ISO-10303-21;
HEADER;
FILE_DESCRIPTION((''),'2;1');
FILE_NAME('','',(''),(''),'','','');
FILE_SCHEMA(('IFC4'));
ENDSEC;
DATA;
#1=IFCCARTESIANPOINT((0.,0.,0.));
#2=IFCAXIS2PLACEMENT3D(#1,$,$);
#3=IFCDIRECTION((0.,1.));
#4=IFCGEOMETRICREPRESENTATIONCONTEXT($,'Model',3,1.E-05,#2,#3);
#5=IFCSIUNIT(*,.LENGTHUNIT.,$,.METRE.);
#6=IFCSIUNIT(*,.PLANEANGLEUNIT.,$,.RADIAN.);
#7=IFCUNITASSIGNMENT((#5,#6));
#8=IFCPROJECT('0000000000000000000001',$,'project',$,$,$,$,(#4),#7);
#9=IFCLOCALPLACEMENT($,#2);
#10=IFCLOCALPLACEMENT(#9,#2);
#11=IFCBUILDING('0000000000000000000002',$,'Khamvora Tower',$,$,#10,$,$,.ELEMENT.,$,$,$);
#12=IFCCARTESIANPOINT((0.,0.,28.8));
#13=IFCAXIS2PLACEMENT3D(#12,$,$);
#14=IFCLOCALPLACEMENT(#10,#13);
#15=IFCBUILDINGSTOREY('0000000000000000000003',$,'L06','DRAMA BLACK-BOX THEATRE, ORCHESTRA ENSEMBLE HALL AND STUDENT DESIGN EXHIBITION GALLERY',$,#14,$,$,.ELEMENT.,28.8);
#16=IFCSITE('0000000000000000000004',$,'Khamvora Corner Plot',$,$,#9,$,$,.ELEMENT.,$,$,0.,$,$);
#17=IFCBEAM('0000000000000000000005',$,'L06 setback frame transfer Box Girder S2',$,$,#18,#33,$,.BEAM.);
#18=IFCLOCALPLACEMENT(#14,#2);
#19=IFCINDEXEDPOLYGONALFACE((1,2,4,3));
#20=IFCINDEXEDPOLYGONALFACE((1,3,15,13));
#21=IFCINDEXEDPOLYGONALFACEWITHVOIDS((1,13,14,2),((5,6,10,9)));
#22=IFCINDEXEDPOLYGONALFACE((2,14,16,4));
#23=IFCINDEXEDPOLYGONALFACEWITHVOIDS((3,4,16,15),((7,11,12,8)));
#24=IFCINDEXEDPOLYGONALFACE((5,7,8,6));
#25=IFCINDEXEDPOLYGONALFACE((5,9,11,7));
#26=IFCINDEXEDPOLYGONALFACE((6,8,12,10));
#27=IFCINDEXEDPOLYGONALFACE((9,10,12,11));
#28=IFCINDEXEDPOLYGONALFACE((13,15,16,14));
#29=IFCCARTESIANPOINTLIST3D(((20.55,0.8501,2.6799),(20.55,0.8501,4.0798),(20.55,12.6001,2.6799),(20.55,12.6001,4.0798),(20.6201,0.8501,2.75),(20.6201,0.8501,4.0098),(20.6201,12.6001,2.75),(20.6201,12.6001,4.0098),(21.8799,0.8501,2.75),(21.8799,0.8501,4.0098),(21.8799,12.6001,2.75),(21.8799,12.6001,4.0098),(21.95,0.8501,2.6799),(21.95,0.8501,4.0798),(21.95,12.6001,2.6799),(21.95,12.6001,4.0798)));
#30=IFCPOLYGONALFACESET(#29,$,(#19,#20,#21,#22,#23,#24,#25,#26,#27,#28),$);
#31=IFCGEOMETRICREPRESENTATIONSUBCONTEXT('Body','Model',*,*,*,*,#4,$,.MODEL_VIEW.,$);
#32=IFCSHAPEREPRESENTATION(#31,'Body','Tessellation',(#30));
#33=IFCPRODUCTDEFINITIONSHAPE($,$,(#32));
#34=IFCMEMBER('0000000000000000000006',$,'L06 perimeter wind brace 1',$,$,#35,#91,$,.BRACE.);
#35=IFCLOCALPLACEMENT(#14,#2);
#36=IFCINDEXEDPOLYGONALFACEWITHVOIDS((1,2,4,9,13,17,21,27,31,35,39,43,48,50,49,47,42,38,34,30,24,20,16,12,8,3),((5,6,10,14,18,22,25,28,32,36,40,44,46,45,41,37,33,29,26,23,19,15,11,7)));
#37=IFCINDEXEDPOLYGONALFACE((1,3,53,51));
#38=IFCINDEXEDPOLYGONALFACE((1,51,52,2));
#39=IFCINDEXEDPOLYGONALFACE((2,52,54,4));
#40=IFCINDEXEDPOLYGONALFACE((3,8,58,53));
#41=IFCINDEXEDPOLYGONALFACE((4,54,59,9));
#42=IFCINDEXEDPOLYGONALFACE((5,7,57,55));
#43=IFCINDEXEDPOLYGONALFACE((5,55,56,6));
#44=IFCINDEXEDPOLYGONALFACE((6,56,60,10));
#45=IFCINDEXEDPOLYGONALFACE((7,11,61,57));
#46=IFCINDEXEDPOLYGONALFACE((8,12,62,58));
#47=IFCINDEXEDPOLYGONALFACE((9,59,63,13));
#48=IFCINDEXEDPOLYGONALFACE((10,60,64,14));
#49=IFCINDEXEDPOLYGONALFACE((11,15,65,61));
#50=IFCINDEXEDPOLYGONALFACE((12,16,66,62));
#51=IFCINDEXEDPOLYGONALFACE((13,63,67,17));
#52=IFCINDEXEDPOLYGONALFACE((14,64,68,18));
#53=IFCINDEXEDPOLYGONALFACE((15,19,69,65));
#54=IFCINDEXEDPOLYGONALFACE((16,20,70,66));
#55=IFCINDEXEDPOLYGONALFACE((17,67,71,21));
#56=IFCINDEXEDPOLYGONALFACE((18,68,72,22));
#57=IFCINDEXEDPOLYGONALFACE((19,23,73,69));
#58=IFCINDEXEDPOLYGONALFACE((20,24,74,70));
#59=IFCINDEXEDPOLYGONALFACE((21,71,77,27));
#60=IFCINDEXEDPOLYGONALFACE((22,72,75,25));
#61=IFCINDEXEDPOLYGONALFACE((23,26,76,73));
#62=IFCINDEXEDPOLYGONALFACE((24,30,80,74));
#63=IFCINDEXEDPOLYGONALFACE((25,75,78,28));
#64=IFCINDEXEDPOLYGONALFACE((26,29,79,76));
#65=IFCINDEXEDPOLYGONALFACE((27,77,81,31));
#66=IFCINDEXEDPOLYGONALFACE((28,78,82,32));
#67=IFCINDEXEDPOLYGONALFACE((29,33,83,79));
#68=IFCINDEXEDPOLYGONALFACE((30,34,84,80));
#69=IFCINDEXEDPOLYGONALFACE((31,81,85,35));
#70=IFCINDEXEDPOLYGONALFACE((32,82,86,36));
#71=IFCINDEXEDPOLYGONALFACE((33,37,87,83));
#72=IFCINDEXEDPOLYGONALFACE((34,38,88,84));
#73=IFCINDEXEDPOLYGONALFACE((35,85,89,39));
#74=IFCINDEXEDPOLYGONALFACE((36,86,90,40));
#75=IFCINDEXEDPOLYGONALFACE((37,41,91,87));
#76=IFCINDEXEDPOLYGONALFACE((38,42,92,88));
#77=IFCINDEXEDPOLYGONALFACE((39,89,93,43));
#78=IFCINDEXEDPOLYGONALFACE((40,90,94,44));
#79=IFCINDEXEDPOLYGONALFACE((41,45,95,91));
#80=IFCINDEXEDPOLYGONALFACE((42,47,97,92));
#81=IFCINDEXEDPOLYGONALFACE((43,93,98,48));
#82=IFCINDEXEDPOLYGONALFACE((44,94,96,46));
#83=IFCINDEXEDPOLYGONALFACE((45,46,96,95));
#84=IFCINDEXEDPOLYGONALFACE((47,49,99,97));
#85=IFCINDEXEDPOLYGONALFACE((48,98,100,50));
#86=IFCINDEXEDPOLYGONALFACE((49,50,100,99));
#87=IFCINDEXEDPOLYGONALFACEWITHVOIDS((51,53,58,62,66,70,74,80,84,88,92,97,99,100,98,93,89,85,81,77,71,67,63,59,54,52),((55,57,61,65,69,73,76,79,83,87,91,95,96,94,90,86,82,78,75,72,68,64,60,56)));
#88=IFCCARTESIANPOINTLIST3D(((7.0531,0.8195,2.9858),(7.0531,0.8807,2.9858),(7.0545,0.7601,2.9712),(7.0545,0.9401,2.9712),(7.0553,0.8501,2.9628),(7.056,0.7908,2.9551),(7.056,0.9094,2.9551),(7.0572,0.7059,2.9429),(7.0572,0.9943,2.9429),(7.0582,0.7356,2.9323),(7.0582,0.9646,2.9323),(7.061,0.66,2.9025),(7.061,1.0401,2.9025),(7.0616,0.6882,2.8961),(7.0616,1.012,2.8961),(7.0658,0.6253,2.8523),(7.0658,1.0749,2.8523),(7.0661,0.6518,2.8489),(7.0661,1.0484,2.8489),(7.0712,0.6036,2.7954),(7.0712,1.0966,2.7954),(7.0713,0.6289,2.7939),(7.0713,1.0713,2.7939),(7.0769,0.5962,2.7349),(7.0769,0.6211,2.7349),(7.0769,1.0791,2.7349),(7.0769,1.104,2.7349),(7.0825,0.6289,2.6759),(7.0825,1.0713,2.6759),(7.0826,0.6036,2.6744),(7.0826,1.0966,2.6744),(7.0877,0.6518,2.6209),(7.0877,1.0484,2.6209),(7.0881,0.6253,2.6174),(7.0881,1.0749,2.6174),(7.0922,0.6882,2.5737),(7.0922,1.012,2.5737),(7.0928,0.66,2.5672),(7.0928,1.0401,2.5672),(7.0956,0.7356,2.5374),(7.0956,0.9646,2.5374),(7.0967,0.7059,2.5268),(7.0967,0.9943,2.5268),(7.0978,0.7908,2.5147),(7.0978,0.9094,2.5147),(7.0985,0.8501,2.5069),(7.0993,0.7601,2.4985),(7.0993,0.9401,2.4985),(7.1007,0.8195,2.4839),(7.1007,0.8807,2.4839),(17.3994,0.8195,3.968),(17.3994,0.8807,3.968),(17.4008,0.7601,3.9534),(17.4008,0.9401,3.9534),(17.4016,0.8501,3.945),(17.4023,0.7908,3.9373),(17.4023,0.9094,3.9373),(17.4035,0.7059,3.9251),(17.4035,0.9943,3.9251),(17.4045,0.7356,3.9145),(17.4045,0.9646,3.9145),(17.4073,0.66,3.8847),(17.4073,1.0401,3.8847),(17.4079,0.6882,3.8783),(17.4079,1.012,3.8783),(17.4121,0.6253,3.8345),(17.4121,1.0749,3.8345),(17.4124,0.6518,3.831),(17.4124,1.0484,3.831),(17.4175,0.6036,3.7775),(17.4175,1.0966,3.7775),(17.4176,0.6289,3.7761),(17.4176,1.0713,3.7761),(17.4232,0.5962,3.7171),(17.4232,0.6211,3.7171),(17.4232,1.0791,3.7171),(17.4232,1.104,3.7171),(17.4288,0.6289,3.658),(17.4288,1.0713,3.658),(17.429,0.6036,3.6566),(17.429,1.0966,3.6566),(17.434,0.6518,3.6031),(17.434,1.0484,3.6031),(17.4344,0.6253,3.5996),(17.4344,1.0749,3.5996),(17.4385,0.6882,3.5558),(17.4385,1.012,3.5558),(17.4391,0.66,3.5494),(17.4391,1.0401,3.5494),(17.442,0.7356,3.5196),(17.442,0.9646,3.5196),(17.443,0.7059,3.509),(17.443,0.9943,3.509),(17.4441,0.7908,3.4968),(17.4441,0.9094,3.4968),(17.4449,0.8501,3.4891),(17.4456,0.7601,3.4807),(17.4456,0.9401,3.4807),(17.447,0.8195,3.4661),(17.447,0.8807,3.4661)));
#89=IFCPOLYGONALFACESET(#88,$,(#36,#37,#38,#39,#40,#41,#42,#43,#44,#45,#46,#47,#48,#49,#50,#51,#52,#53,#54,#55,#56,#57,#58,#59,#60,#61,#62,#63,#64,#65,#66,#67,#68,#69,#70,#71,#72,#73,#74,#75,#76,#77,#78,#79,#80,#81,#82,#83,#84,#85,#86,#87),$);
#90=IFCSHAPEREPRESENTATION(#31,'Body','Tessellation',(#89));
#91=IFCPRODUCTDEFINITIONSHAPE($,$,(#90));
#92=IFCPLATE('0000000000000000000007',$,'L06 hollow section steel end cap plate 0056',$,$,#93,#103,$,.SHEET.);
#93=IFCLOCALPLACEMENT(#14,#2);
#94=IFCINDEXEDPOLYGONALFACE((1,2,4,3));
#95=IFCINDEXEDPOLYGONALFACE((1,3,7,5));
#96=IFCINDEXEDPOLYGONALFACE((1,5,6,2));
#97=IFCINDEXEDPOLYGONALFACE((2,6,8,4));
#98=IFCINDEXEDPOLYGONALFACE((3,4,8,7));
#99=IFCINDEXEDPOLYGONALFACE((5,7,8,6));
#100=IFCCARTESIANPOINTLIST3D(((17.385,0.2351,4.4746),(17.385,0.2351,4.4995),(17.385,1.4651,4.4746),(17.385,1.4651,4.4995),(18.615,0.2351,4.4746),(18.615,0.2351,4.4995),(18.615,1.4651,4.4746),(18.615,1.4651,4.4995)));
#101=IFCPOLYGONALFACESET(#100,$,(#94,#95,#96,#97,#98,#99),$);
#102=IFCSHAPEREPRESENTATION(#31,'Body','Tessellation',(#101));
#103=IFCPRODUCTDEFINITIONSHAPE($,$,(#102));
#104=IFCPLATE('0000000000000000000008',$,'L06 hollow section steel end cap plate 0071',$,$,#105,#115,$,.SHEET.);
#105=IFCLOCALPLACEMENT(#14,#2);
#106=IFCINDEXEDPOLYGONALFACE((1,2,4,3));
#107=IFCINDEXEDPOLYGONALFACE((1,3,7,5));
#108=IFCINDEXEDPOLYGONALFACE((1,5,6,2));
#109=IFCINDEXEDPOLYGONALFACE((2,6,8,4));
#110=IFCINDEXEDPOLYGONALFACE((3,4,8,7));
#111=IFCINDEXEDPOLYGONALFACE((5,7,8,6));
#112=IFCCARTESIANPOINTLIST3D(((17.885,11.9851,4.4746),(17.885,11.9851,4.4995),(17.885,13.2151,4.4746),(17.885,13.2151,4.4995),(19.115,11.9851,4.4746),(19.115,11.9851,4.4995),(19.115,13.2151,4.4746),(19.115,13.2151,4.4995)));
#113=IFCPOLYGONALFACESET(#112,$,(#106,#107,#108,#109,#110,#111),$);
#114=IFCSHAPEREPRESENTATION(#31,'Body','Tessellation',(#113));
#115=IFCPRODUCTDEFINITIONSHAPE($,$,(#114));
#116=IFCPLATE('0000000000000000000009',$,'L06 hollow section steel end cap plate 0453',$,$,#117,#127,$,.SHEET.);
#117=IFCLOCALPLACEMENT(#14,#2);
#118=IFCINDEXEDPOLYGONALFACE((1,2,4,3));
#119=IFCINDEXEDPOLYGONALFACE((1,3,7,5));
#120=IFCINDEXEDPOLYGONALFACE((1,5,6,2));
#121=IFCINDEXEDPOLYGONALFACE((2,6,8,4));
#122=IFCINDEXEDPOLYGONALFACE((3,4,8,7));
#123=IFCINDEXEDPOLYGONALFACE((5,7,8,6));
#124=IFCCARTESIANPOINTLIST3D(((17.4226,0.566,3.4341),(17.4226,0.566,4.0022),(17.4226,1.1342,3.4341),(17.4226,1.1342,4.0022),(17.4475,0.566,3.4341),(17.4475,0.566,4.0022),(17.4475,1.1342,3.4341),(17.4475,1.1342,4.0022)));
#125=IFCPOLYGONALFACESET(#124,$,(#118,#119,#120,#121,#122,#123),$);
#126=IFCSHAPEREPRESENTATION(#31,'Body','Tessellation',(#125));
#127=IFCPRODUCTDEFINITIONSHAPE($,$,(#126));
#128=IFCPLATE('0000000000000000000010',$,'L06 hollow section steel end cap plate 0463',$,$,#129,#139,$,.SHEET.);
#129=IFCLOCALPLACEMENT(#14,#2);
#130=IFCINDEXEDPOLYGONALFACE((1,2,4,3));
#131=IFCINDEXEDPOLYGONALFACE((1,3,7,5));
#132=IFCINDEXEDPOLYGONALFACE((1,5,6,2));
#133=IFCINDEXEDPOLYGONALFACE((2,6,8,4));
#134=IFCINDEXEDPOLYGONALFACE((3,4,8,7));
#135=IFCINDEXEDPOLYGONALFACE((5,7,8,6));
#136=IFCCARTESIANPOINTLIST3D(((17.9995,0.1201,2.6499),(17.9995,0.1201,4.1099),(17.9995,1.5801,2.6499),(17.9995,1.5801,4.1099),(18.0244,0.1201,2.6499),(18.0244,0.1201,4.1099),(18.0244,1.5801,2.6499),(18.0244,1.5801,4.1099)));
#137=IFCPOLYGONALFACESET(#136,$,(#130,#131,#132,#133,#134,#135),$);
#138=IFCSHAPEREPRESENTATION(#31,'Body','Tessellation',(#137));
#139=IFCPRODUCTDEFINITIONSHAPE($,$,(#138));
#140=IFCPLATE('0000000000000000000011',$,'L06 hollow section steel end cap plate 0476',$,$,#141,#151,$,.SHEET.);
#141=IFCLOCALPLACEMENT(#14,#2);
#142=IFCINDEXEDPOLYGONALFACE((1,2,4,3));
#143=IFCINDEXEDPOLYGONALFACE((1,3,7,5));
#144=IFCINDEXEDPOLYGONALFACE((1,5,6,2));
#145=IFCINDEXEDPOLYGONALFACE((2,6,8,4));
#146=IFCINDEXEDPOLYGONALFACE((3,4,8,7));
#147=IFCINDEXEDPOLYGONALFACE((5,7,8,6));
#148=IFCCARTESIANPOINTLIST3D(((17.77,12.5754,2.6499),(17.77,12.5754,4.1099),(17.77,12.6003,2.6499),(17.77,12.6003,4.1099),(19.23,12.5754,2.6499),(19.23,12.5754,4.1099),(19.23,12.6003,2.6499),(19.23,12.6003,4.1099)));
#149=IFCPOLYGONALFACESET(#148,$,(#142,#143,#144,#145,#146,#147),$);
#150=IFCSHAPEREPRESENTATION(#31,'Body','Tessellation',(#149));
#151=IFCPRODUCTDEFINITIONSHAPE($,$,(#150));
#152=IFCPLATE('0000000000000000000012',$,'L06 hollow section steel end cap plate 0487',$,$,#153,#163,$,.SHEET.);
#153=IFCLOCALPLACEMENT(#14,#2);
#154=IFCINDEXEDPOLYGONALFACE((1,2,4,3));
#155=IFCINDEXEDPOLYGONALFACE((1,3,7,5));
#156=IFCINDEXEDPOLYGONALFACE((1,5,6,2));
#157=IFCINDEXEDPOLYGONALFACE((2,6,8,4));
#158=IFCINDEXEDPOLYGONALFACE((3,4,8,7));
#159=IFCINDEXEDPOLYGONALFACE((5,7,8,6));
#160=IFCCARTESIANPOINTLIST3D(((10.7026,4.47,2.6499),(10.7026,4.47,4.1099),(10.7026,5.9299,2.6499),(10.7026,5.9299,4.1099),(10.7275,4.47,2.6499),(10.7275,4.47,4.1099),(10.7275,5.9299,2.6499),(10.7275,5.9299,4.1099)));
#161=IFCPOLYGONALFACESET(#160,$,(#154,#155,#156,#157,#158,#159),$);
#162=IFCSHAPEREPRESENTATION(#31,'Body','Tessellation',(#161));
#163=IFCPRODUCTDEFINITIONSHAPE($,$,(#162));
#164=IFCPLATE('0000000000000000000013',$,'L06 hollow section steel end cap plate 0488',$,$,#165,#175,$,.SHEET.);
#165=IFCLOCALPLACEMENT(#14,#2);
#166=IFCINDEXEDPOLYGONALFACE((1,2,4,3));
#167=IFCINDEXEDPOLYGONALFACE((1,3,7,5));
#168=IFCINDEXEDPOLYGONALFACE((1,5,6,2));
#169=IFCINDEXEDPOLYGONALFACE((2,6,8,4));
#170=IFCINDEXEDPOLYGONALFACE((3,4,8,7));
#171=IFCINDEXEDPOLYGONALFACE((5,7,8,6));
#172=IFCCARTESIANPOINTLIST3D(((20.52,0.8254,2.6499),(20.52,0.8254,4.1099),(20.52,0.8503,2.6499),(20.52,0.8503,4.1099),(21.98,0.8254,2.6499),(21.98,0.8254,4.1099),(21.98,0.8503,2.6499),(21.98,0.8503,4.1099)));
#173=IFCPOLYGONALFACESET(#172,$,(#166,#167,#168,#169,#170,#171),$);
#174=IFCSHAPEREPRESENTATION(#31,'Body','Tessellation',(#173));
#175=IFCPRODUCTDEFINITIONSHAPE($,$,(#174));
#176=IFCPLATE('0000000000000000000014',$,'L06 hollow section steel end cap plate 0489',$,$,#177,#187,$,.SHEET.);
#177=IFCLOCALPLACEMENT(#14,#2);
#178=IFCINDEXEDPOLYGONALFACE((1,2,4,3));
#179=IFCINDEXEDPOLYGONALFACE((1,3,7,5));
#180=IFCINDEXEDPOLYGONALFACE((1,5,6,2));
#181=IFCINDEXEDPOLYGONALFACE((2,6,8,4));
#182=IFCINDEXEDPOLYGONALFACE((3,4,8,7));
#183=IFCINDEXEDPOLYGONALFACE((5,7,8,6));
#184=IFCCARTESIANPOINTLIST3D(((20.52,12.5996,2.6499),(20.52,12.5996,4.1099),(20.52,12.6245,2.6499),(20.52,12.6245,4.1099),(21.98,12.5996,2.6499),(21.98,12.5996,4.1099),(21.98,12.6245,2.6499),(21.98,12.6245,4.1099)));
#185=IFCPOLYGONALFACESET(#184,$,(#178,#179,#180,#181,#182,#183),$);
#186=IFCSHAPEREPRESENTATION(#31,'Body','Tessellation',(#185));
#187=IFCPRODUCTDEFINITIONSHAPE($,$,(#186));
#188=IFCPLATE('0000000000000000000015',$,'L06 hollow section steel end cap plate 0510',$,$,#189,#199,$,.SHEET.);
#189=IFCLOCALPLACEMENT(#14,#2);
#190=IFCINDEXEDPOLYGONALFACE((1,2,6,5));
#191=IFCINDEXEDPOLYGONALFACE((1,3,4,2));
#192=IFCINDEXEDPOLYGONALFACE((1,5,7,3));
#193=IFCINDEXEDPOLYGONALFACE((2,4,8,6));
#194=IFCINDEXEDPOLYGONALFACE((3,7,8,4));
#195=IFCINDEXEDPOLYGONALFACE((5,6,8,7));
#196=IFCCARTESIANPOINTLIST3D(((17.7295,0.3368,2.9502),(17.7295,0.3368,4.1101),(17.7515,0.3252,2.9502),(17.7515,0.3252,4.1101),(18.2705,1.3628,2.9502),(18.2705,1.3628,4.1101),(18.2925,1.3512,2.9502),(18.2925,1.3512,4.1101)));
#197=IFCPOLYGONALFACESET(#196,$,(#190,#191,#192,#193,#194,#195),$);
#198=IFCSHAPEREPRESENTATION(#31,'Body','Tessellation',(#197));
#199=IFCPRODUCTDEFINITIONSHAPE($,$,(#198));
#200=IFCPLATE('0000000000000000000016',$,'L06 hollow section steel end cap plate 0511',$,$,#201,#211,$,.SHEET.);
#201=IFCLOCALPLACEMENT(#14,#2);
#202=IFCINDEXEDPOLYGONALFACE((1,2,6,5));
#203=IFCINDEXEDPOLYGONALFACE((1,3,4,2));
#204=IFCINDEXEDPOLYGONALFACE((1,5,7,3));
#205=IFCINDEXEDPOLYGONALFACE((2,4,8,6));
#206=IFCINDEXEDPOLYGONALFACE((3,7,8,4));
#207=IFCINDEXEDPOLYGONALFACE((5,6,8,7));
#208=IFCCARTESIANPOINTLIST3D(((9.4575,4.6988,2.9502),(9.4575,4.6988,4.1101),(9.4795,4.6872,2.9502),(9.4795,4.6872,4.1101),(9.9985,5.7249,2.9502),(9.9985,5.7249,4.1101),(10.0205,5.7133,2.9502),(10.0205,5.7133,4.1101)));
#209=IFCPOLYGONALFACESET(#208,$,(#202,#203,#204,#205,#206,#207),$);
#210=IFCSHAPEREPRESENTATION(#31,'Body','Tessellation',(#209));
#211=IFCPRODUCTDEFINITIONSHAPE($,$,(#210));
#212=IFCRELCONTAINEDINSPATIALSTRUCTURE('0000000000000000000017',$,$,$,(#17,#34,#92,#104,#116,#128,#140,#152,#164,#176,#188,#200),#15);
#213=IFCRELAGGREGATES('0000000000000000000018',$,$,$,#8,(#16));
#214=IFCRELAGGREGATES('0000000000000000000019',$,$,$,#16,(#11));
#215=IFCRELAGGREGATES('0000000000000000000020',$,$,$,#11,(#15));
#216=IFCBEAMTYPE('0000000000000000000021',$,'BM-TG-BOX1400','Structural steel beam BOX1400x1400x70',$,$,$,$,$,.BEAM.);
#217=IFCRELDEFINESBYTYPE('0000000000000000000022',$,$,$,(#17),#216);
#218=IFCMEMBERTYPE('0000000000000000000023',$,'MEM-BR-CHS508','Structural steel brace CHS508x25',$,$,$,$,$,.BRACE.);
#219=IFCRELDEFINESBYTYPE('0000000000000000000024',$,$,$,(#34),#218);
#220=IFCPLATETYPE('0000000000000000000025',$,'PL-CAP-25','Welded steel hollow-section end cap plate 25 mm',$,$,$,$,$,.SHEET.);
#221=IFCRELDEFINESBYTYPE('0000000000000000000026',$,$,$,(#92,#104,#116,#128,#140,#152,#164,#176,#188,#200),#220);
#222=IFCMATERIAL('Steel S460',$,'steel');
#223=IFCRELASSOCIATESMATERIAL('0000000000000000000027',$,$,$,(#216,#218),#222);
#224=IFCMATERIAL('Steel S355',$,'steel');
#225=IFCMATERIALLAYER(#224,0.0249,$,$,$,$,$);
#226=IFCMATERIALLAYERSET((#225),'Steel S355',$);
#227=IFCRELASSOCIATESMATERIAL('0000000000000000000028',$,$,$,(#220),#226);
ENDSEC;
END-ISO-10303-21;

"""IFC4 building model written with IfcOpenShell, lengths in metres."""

from ifc_helpers import new_model, si_unit, direction, frame, origin, origin_2d, place, context, subcontext, project, spatial, rectangle, hollow_rectangle, hollow_circle, extrude, material, layer, layer_set, material_profile, profile_set, type_object, element, save


model = new_model("IFC4")

# Units and contexts
model_context = context("Model", 3, precision=1e-05, world=origin(), true_north=direction((0.0, 1.0)))
body_context = subcontext(model_context, "Body", "Model", "MODEL_VIEW")
ifc_project = project(units=[si_unit("LENGTHUNIT", "METRE"), si_unit("PLANEANGLEUNIT", "RADIAN")], contexts=[model_context])

# Site, building, storey
site_placement = place(None, origin())
site = spatial("IfcSite", under=ifc_project, at=site_placement, Name="Khamvora Corner Plot", CompositionType="ELEMENT", RefElevation=0.0)
building_placement = place(site_placement, origin())
building = spatial("IfcBuilding", under=site, at=building_placement, Name="Khamvora Tower", CompositionType="ELEMENT")
storey_placement = place(building_placement, frame((0.0, 0.0, 28.8)))
storey = spatial("IfcBuildingStorey", under=building, at=storey_placement, Name="L06", Description="DRAMA BLACK-BOX THEATRE, ORCHESTRA ENSEMBLE HALL AND STUDENT DESIGN EXHIBITION GALLERY", CompositionType="ELEMENT", Elevation=28.8)

# Shared definitions
ifc_material_1 = material(Name="Steel S460", Category="steel")

# Beam
ifc_material_profile_1 = material_profile(ifc_material_1, hollow_rectangle(XDim=1.3999, YDim=1.3999, WallThickness=0.0701, at=origin_2d()), Name="BOX1400x1400x70")
ifc_profile_set_1 = profile_set([ifc_material_profile_1], Name="Steel S460")
beam_type_1 = type_object("IfcBeamType", Name="BM-TG-BOX1400", Description="Structural steel beam BOX1400x1400x70", PredefinedType="BEAM", material=ifc_profile_set_1)
beam_1_placement = place(storey_placement, frame((21.25, 0.8501, 3.3799), z_axis=(0.0, 1.0, 0.0), x_axis=(-1.0, 0.0, 0.0)))
element("IfcBeam", 1, at=beam_1_placement, inside=storey, type_object=beam_type_1, Name="L06 setback frame transfer Box Girder S2", PredefinedType="BEAM", context=body_context, shape_type="SweptSolid", body=[
    extrude(hollow_rectangle(XDim=1.3999, YDim=1.3999, WallThickness=0.0701, at=origin_2d()), origin(), (0.0, 0.0, 1.0), 11.75),
])

# Member
ifc_material_profile_2 = material_profile(ifc_material_1, hollow_circle(Radius=0.2539, WallThickness=0.0249, at=origin_2d()), Name="CHS508x25")
ifc_profile_set_2 = profile_set([ifc_material_profile_2], Name="Steel S460")
member_type = type_object("IfcMemberType", Name="MEM-BR-CHS508", Description="Structural steel brace CHS508x25", PredefinedType="BRACE", material=ifc_profile_set_2)
member_placement = place(storey_placement, frame((7.0769, 0.8501, 2.7349), z_axis=(0.995524, 0.0, 0.094506), x_axis=(0.0, 1.0, 0.0)))
element("IfcMember", 2, at=member_placement, inside=storey, type_object=member_type, Name="L06 perimeter wind brace 1", PredefinedType="BRACE", context=body_context, shape_type="SweptSolid", body=[
    extrude(hollow_circle(Radius=0.2539, WallThickness=0.0249, at=origin_2d()), origin(), (0.0, 0.0, 1.0), 10.3928),
])

# Plates
ifc_material_2 = material(Name="Steel S355", Category="steel")
ifc_layer_1 = layer(ifc_material_2, 0.0249)
ifc_layer_set_1 = layer_set([ifc_layer_1], Name="Steel S355")
plate_type_1 = type_object("IfcPlateType", Name="PL-CAP-25", Description="Welded steel hollow-section end cap plate 25 mm", PredefinedType="SHEET", material=ifc_layer_set_1)
for number, where, z_axis, x_axis, name in (
    (3, (18.0, 0.8501, 4.4746), (0.0, 0.0, 1.0), (1.0, 0.0, 0.0), "L06 hollow section steel end cap plate 0056"),
    (4, (18.5, 12.6001, 4.4746), (0.0, 0.0, 1.0), (1.0, 0.0, 0.0), "L06 hollow section steel end cap plate 0071"),
):
    element("IfcPlate", number, at=place(storey_placement, frame(where, z_axis=z_axis, x_axis=x_axis)), inside=storey, type_object=plate_type_1, Name=name, PredefinedType="SHEET", context=body_context, shape_type="SweptSolid", body=[
        extrude(rectangle(XDim=1.23, YDim=1.23, at=origin_2d()), origin(), (0.0, 0.0, 1.0), 0.0249),
    ])
plate_placement = place(storey_placement, frame((17.4351, 0.8501, 3.4341), z_axis=(0.0, 0.0, 1.0), x_axis=(1.0, 0.0, 0.0)))
element("IfcPlate", 5, at=plate_placement, inside=storey, type_object=plate_type_1, Name="L06 hollow section steel end cap plate 0453", PredefinedType="SHEET", context=body_context, shape_type="SweptSolid", body=[
    extrude(rectangle(XDim=0.0249, YDim=0.5681, at=origin_2d()), origin(), (0.0, 0.0, 1.0), 0.5681),
])
for number, where, z_axis, x_axis, name in (
    (6, (18.012, 0.8501, 2.6499), (0.0, 0.0, 1.0), (1.0, 0.0, 0.0), "L06 hollow section steel end cap plate 0463"),
    (7, (18.5, 12.5879, 2.6499), (0.0, 0.0, 1.0), (0.0, 1.0, 0.0), "L06 hollow section steel end cap plate 0476"),
    (8, (10.7151, 5.2, 2.6499), (0.0, 0.0, 1.0), (1.0, 0.0, 0.0), "L06 hollow section steel end cap plate 0487"),
    (9, (21.25, 0.8379, 2.6499), (0.0, 0.0, 1.0), (0.0, 1.0, 0.0), "L06 hollow section steel end cap plate 0488"),
    (10, (21.25, 12.6121, 2.6499), (0.0, 0.0, 1.0), (0.0, 1.0, 0.0), "L06 hollow section steel end cap plate 0489"),
):
    element("IfcPlate", number, at=place(storey_placement, frame(where, z_axis=z_axis, x_axis=x_axis)), inside=storey, type_object=plate_type_1, Name=name, PredefinedType="SHEET", context=body_context, shape_type="SweptSolid", body=[
        extrude(rectangle(XDim=0.0249, YDim=1.46, at=origin_2d()), origin(), (0.0, 0.0, 1.0), 1.46),
    ])
for number, where, z_axis, x_axis, name in (
    (11, (18.011, 0.844, 2.9502), (0.0, 0.0, 1.0), (-0.884573, 0.466402, 0.0), "L06 hollow section steel end cap plate 0510"),
    (12, (9.739, 5.2061, 2.9502), (0.0, 0.0, 1.0), (-0.884573, 0.466402, 0.0), "L06 hollow section steel end cap plate 0511"),
):
    element("IfcPlate", number, at=place(storey_placement, frame(where, z_axis=z_axis, x_axis=x_axis)), inside=storey, type_object=plate_type_1, Name=name, PredefinedType="SHEET", context=body_context, shape_type="SweptSolid", body=[
        extrude(rectangle(XDim=0.0249, YDim=1.1599, at=origin_2d()), origin(), (0.0, 0.0, 1.0), 1.1599),
    ])

save(model, "model.ifc")
